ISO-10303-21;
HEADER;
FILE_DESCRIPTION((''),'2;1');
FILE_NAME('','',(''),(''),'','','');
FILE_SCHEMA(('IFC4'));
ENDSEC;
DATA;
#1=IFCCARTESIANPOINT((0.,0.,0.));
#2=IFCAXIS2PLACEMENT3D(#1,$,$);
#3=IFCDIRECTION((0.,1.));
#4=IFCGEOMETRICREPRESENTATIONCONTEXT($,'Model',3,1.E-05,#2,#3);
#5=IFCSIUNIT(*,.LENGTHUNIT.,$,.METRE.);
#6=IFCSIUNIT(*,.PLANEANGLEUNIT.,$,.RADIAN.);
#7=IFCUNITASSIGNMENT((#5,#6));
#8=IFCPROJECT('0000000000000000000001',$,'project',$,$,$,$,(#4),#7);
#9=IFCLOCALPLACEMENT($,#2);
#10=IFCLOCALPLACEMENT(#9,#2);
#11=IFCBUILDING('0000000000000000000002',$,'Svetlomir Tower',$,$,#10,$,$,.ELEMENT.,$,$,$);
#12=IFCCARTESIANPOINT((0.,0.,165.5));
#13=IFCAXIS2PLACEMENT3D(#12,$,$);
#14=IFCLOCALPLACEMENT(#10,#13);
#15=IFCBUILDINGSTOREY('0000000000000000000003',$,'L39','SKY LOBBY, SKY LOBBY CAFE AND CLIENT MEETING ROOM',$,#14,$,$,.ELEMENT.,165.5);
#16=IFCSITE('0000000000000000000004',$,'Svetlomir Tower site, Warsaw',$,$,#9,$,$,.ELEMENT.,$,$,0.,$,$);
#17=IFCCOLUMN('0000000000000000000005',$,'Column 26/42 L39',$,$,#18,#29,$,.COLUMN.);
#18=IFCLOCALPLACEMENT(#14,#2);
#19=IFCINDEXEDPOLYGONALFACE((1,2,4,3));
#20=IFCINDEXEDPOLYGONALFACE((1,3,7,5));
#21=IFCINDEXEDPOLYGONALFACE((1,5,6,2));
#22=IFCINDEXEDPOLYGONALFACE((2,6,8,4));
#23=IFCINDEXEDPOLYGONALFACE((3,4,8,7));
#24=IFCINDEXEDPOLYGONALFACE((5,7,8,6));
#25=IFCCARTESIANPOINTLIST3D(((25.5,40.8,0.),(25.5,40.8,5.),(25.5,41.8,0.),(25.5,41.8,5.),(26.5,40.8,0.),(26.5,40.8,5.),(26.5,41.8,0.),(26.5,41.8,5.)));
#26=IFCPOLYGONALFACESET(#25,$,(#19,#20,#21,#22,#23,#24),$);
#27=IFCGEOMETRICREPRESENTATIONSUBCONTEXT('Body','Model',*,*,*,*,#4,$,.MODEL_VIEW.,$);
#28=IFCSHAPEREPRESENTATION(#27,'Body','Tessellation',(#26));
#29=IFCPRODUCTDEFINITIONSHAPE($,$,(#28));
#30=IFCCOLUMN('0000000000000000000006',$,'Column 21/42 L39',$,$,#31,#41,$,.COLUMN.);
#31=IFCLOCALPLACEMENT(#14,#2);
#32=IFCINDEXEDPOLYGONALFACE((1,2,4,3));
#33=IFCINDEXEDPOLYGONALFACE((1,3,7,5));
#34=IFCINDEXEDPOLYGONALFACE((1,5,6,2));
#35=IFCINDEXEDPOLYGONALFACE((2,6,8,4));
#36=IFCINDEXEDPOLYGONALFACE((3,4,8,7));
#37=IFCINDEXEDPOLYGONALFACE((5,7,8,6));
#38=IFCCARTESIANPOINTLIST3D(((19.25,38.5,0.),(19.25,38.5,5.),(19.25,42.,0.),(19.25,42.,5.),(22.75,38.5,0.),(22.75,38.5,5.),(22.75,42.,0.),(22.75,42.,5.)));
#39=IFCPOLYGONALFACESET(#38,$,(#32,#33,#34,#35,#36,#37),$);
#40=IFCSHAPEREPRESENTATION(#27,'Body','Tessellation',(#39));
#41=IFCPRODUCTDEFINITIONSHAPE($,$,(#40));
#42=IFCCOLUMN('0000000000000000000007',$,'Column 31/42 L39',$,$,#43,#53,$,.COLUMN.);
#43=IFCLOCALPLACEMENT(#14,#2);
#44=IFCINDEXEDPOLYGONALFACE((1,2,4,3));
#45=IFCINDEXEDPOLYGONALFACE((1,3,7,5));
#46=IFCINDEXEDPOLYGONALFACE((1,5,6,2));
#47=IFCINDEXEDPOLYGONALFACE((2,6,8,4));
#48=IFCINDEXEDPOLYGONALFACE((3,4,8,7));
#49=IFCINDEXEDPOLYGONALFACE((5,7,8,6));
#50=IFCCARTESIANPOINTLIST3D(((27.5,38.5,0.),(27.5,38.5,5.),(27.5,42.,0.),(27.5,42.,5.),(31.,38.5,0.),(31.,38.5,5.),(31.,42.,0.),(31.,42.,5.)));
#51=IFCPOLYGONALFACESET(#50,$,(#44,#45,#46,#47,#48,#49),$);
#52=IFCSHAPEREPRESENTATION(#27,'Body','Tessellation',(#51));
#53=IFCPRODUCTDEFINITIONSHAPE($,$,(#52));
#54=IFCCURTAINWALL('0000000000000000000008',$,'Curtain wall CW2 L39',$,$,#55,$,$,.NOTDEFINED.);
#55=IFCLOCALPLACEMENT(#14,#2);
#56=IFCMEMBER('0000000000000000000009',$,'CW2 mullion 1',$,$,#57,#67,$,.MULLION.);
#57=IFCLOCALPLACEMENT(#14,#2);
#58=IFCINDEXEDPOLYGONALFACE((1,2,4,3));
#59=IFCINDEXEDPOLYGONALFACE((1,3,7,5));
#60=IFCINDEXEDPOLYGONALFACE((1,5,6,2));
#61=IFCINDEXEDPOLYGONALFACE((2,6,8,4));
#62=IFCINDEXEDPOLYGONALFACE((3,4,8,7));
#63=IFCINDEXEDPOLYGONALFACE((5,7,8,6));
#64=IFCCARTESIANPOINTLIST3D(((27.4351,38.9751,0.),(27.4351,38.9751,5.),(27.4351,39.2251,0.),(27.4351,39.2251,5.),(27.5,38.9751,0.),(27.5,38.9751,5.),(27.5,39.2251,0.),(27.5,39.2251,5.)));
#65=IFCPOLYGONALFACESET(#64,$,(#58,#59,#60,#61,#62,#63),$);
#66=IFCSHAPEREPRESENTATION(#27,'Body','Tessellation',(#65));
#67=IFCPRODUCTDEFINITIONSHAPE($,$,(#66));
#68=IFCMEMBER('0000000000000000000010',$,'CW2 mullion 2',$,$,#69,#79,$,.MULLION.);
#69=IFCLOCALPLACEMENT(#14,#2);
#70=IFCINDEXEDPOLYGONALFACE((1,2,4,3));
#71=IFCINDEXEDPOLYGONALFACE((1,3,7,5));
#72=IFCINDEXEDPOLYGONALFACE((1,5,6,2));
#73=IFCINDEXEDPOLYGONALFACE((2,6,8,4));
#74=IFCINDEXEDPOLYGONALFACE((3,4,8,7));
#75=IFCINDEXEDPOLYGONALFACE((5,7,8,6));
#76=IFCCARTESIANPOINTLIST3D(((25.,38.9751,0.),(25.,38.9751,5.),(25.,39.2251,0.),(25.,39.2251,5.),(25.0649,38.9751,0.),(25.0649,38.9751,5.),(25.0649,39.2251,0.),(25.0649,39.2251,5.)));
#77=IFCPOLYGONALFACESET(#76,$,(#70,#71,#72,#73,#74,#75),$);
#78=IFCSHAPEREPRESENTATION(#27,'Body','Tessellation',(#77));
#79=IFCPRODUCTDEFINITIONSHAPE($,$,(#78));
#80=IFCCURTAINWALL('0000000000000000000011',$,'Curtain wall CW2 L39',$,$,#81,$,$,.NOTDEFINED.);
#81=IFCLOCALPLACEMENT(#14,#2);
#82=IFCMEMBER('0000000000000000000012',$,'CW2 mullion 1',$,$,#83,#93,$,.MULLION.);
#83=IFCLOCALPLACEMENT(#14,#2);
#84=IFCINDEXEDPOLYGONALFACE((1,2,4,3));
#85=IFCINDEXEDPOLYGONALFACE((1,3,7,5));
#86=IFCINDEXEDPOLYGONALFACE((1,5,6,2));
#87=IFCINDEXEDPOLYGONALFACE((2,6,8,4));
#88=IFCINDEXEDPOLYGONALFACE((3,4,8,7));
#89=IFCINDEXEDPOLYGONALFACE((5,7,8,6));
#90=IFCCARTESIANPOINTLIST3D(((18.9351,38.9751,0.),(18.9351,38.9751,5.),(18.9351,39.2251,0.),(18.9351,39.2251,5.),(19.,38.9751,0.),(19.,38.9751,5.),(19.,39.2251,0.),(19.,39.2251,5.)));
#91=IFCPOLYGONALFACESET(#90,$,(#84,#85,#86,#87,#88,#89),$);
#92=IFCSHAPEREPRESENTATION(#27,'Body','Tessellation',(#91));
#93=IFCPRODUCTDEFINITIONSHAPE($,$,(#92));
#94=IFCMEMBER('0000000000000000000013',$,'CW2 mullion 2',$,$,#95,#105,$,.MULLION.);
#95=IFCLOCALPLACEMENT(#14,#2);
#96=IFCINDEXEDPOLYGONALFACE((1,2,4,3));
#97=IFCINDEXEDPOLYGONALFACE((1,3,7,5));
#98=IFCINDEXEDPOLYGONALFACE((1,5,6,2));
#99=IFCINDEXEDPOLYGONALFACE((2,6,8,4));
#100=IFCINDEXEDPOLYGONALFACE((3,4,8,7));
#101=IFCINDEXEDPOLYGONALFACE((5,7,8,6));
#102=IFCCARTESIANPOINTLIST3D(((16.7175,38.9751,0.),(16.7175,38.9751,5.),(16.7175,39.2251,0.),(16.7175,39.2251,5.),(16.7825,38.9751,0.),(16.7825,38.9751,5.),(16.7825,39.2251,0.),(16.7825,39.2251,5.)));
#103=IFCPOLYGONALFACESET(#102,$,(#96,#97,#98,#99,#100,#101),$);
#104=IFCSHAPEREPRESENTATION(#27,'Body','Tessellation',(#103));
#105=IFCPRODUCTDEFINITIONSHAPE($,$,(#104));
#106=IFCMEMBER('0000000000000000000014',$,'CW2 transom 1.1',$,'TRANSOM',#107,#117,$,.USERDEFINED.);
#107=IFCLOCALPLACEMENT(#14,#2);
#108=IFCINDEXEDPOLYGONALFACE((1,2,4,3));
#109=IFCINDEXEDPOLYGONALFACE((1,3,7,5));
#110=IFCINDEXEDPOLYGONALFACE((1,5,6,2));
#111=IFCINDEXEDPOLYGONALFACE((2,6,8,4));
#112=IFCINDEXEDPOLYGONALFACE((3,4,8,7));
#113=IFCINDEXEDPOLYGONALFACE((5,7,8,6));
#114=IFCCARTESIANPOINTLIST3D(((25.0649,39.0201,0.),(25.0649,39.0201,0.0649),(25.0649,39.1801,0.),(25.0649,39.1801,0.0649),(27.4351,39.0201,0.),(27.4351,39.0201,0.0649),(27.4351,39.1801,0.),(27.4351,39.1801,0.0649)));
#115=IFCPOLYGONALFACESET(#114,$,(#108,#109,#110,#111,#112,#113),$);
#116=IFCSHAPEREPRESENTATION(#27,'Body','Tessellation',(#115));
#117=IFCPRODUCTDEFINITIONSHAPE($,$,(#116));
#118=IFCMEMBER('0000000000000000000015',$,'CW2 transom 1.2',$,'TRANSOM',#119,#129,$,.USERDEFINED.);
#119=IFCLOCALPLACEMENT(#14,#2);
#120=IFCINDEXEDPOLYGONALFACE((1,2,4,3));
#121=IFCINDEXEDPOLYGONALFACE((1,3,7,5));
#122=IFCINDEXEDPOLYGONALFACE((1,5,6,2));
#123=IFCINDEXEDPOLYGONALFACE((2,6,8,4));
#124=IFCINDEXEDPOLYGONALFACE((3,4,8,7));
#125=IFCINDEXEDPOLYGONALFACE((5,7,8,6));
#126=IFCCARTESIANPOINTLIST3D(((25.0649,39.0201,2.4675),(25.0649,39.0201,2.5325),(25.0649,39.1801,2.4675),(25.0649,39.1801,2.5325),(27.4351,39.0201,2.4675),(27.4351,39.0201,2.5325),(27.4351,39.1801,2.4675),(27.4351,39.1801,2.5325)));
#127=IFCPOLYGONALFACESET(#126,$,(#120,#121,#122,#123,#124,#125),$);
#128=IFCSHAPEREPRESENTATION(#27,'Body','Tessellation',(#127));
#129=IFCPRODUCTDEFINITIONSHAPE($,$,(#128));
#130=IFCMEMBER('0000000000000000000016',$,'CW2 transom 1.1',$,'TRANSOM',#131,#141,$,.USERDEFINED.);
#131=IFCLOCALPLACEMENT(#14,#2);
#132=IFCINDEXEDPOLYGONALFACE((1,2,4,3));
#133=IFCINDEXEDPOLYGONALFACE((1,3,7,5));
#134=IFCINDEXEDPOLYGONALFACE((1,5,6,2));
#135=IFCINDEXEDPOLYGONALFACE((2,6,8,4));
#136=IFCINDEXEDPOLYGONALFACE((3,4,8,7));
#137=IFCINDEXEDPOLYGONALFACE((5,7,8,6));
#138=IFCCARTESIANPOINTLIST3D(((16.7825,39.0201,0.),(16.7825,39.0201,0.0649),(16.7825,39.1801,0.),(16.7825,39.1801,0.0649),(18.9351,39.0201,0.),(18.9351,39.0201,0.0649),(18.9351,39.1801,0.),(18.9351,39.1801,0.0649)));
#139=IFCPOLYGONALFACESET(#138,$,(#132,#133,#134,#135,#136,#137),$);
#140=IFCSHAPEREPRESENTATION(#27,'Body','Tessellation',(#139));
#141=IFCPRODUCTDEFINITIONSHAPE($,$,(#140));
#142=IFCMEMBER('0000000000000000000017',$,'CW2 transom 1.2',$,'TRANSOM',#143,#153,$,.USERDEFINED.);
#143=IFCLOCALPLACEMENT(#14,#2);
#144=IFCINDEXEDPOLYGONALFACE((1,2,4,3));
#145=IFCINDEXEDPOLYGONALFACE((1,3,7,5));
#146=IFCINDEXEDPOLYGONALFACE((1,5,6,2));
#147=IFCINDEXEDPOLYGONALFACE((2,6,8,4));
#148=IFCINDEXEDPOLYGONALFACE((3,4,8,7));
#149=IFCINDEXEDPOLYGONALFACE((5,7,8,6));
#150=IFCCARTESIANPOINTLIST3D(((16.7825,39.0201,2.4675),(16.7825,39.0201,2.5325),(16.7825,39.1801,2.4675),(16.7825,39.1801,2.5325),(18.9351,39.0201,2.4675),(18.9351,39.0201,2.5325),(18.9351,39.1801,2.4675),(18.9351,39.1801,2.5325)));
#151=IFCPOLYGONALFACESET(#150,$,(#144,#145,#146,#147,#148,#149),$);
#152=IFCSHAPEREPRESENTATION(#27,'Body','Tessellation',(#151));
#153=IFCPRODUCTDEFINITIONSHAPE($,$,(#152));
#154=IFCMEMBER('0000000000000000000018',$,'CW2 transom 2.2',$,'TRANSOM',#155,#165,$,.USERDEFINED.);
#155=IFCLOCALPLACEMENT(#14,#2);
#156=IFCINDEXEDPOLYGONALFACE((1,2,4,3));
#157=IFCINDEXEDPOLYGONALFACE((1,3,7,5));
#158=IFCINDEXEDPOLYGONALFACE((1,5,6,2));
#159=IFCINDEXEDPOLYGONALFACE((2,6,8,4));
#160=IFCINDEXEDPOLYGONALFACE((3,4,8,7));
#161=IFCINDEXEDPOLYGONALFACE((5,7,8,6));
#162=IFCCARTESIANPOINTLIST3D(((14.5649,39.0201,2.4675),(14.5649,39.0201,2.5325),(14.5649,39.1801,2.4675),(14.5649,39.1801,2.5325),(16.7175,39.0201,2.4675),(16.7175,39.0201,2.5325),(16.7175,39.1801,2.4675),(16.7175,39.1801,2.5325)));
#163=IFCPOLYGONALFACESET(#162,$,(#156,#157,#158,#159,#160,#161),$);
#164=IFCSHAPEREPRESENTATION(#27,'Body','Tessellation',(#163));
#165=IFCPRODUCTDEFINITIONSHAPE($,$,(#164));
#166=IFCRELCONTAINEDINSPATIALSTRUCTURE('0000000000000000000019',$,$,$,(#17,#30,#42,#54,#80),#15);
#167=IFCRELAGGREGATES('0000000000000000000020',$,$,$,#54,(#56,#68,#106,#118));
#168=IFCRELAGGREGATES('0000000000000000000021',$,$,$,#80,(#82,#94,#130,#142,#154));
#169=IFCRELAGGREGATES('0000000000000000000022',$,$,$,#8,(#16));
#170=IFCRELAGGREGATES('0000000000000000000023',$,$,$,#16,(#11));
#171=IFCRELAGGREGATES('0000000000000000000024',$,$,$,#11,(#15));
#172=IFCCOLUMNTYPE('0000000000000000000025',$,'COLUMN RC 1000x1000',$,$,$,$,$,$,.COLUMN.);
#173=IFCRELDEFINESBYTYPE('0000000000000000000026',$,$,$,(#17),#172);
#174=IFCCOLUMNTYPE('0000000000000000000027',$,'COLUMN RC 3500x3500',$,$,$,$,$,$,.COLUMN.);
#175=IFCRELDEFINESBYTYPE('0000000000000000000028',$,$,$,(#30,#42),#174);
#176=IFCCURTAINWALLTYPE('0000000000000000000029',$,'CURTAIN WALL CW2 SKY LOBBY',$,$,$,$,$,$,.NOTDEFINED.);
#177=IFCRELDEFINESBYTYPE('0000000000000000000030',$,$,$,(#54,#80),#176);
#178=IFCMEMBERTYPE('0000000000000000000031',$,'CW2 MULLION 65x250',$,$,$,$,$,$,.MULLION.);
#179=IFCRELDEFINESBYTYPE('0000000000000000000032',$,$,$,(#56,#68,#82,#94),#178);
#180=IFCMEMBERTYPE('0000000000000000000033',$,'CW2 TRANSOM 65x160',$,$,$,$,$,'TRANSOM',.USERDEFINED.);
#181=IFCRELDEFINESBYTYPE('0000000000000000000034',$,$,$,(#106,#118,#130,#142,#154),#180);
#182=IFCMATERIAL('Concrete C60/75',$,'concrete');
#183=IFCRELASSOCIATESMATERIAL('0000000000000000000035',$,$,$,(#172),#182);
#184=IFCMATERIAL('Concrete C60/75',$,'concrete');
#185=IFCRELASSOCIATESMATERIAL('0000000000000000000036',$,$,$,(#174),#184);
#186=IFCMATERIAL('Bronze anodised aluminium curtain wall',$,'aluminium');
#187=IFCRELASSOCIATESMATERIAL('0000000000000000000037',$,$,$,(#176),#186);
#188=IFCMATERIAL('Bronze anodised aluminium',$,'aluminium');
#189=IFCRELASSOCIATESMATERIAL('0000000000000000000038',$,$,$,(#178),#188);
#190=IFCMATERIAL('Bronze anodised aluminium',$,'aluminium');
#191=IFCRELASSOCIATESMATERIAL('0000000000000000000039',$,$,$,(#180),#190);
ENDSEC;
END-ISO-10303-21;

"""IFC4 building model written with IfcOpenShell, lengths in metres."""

from ifc_helpers import new_model, si_unit, direction, frame, origin, origin_2d, place, context, subcontext, project, spatial, rectangle, extrude, material, material_profile, profile_set, type_object, element, aggregate, save


model = new_model("IFC4")

# Units and contexts
model_context = context("Model", 3, precision=1e-05, world=origin(), true_north=direction((0.0, 1.0)))
body_context = subcontext(model_context, "Body", "Model", "MODEL_VIEW")
ifc_project = project(units=[si_unit("LENGTHUNIT", "METRE"), si_unit("PLANEANGLEUNIT", "RADIAN")], contexts=[model_context])

# Site, building, storey
site_placement = place(None, origin())
site = spatial("IfcSite", under=ifc_project, at=site_placement, Name="Svetlomir Tower site, Warsaw", CompositionType="ELEMENT", RefElevation=0.0)
building_placement = place(site_placement, origin())
building = spatial("IfcBuilding", under=site, at=building_placement, Name="Svetlomir Tower", CompositionType="ELEMENT")
storey_placement = place(building_placement, frame((0.0, 0.0, 165.5)))
storey = spatial("IfcBuildingStorey", under=building, at=storey_placement, Name="L39", Description="SKY LOBBY, SKY LOBBY CAFE AND CLIENT MEETING ROOM", CompositionType="ELEMENT", Elevation=165.5)

# Columns
ifc_material_1 = material(Name="Concrete C60/75", Category="concrete")
ifc_material_profile_1 = material_profile(ifc_material_1, rectangle(XDim=1.0, YDim=1.0, at=origin_2d()), Name="RC 1000x1000")
ifc_profile_set_1 = profile_set([ifc_material_profile_1], Name="Concrete C60/75")
column_type_1 = type_object("IfcColumnType", Name="COLUMN RC 1000x1000", PredefinedType="COLUMN", material=ifc_profile_set_1)
column_placement = place(storey_placement, frame((26.0, 41.3, 0.0), z_axis=(0.0, 0.0, 1.0), x_axis=(1.0, 0.0, 0.0)))
element("IfcColumn", 1, at=column_placement, inside=storey, type_object=column_type_1, Name="Column 26/42 L39", PredefinedType="COLUMN", context=body_context, shape_type="SweptSolid", body=[
    extrude(rectangle(XDim=1.0, YDim=1.0, at=origin_2d()), origin(), (0.0, 0.0, 1.0), 5.0),
])
ifc_material_2 = material(Name="Concrete C60/75", Category="concrete")
ifc_material_profile_2 = material_profile(ifc_material_2, rectangle(XDim=3.5, YDim=3.5, at=origin_2d()), Name="RC 3500x3500")
ifc_profile_set_2 = profile_set([ifc_material_profile_2], Name="Concrete C60/75")
column_type_2 = type_object("IfcColumnType", Name="COLUMN RC 3500x3500", PredefinedType="COLUMN", material=ifc_profile_set_2)
for number, where, z_axis, x_axis, name in (
    (2, (21.0, 40.25, 0.0), (0.0, 0.0, 1.0), (1.0, 0.0, 0.0), "Column 21/42 L39"),
    (3, (29.25, 40.25, 0.0), (0.0, 0.0, 1.0), (1.0, 0.0, 0.0), "Column 31/42 L39"),
):
    element("IfcColumn", number, at=place(storey_placement, frame(where, z_axis=z_axis, x_axis=x_axis)), inside=storey, type_object=column_type_2, Name=name, PredefinedType="COLUMN", context=body_context, shape_type="SweptSolid", body=[
        extrude(rectangle(XDim=3.5, YDim=3.5, at=origin_2d()), origin(), (0.0, 0.0, 1.0), 5.0),
    ])

# Curtain walls, members
ifc_material_3 = material(Name="Bronze anodised aluminium curtain wall", Category="aluminium")
curtain_wall_type = type_object("IfcCurtainWallType", Name="CURTAIN WALL CW2 SKY LOBBY", PredefinedType="NOTDEFINED", material=ifc_material_3)
curtain_wall_1_placement = place(storey_placement, origin())
curtain_wall_1 = element("IfcCurtainWall", 4, at=curtain_wall_1_placement, inside=storey, type_object=curtain_wall_type, Name="Curtain wall CW2 L39", PredefinedType="NOTDEFINED")
ifc_material_4 = material(Name="Bronze anodised aluminium", Category="aluminium")
ifc_material_profile_3 = material_profile(ifc_material_4, rectangle(XDim=0.0649, YDim=0.25, at=origin_2d()), Name="AL 65x250")
ifc_profile_set_3 = profile_set([ifc_material_profile_3], Name="Bronze anodised aluminium 6063-T6")
member_type_1 = type_object("IfcMemberType", Name="CW2 MULLION 65x250", PredefinedType="MULLION", material=ifc_profile_set_3)
member_1_placement = place(storey_placement, frame((27.4675, 39.1001, 0.0), z_axis=(0.0, 0.0, 1.0), x_axis=(-1.0, 0.0, 0.0)))
member_1 = element("IfcMember", 5, at=member_1_placement, type_object=member_type_1, Name="CW2 mullion 1", PredefinedType="MULLION", context=body_context, shape_type="SweptSolid", body=[
    extrude(rectangle(XDim=0.0649, YDim=0.25, at=origin_2d()), origin(), (0.0, 0.0, 1.0), 5.0),
])
member_2_placement = place(storey_placement, frame((25.0325, 39.1001, 0.0), z_axis=(0.0, 0.0, 1.0), x_axis=(-1.0, 0.0, 0.0)))
member_2 = element("IfcMember", 6, at=member_2_placement, type_object=member_type_1, Name="CW2 mullion 2", PredefinedType="MULLION", context=body_context, shape_type="SweptSolid", body=[
    extrude(rectangle(XDim=0.0649, YDim=0.25, at=origin_2d()), origin(), (0.0, 0.0, 1.0), 5.0),
])
curtain_wall_2_placement = place(storey_placement, origin())
curtain_wall_2 = element("IfcCurtainWall", 7, at=curtain_wall_2_placement, inside=storey, type_object=curtain_wall_type, Name="Curtain wall CW2 L39", PredefinedType="NOTDEFINED")
member_3_placement = place(storey_placement, frame((18.9675, 39.1001, 0.0), z_axis=(0.0, 0.0, 1.0), x_axis=(-1.0, 0.0, 0.0)))
member_3 = element("IfcMember", 8, at=member_3_placement, type_object=member_type_1, Name="CW2 mullion 1", PredefinedType="MULLION", context=body_context, shape_type="SweptSolid", body=[
    extrude(rectangle(XDim=0.0649, YDim=0.25, at=origin_2d()), origin(), (0.0, 0.0, 1.0), 5.0),
])
member_4_placement = place(storey_placement, frame((16.75, 39.1001, 0.0), z_axis=(0.0, 0.0, 1.0), x_axis=(-1.0, 0.0, 0.0)))
member_4 = element("IfcMember", 9, at=member_4_placement, type_object=member_type_1, Name="CW2 mullion 2", PredefinedType="MULLION", context=body_context, shape_type="SweptSolid", body=[
    extrude(rectangle(XDim=0.0649, YDim=0.25, at=origin_2d()), origin(), (0.0, 0.0, 1.0), 5.0),
])

# Members
ifc_material_5 = material(Name="Bronze anodised aluminium", Category="aluminium")
ifc_material_profile_4 = material_profile(ifc_material_5, rectangle(XDim=0.1599, YDim=0.0649, at=origin_2d()), Name="AL 160x65")
ifc_profile_set_4 = profile_set([ifc_material_profile_4], Name="Bronze anodised aluminium 6063-T6")
member_type_2 = type_object("IfcMemberType", Name="CW2 TRANSOM 65x160", ElementType="TRANSOM", PredefinedType="USERDEFINED", material=ifc_profile_set_4)
member_5_placement = place(storey_placement, frame((27.4351, 39.1001, 0.0325), z_axis=(-1.0, 0.0, 0.0), x_axis=(0.0, -1.0, 0.0)))
member_5 = element("IfcMember", 10, at=member_5_placement, type_object=member_type_2, Name="CW2 transom 1.1", ObjectType="TRANSOM", PredefinedType="USERDEFINED", context=body_context, shape_type="SweptSolid", body=[
    extrude(rectangle(XDim=0.1599, YDim=0.0649, at=origin_2d()), origin(), (0.0, 0.0, 1.0), 2.3701),
])
member_6_placement = place(storey_placement, frame((27.4351, 39.1001, 2.5), z_axis=(-1.0, 0.0, 0.0), x_axis=(0.0, -1.0, 0.0)))
member_6 = element("IfcMember", 11, at=member_6_placement, type_object=member_type_2, Name="CW2 transom 1.2", ObjectType="TRANSOM", PredefinedType="USERDEFINED", context=body_context, shape_type="SweptSolid", body=[
    extrude(rectangle(XDim=0.1599, YDim=0.0649, at=origin_2d()), origin(), (0.0, 0.0, 1.0), 2.3701),
])
member_7_placement = place(storey_placement, frame((18.9351, 39.1001, 0.0325), z_axis=(-1.0, 0.0, 0.0), x_axis=(0.0, -1.0, 0.0)))
member_7 = element("IfcMember", 12, at=member_7_placement, type_object=member_type_2, Name="CW2 transom 1.1", ObjectType="TRANSOM", PredefinedType="USERDEFINED", context=body_context, shape_type="SweptSolid", body=[
    extrude(rectangle(XDim=0.1599, YDim=0.0649, at=origin_2d()), origin(), (0.0, 0.0, 1.0), 2.1526),
])
member_8_placement = place(storey_placement, frame((18.9351, 39.1001, 2.5), z_axis=(-1.0, 0.0, 0.0), x_axis=(0.0, -1.0, 0.0)))
member_8 = element("IfcMember", 13, at=member_8_placement, type_object=member_type_2, Name="CW2 transom 1.2", ObjectType="TRANSOM", PredefinedType="USERDEFINED", context=body_context, shape_type="SweptSolid", body=[
    extrude(rectangle(XDim=0.1599, YDim=0.0649, at=origin_2d()), origin(), (0.0, 0.0, 1.0), 2.1526),
])
member_9_placement = place(storey_placement, frame((16.7175, 39.1001, 2.5), z_axis=(-1.0, 0.0, 0.0), x_axis=(0.0, -1.0, 0.0)))
member_9 = element("IfcMember", 14, at=member_9_placement, type_object=member_type_2, Name="CW2 transom 2.2", ObjectType="TRANSOM", PredefinedType="USERDEFINED", context=body_context, shape_type="SweptSolid", body=[
    extrude(rectangle(XDim=0.1599, YDim=0.0649, at=origin_2d()), origin(), (0.0, 0.0, 1.0), 2.1526),
])

aggregate(curtain_wall_1, [member_1, member_2, member_5, member_6])
aggregate(curtain_wall_2, [member_3, member_4, member_7, member_8, member_9])

save(model, "model.ifc")
